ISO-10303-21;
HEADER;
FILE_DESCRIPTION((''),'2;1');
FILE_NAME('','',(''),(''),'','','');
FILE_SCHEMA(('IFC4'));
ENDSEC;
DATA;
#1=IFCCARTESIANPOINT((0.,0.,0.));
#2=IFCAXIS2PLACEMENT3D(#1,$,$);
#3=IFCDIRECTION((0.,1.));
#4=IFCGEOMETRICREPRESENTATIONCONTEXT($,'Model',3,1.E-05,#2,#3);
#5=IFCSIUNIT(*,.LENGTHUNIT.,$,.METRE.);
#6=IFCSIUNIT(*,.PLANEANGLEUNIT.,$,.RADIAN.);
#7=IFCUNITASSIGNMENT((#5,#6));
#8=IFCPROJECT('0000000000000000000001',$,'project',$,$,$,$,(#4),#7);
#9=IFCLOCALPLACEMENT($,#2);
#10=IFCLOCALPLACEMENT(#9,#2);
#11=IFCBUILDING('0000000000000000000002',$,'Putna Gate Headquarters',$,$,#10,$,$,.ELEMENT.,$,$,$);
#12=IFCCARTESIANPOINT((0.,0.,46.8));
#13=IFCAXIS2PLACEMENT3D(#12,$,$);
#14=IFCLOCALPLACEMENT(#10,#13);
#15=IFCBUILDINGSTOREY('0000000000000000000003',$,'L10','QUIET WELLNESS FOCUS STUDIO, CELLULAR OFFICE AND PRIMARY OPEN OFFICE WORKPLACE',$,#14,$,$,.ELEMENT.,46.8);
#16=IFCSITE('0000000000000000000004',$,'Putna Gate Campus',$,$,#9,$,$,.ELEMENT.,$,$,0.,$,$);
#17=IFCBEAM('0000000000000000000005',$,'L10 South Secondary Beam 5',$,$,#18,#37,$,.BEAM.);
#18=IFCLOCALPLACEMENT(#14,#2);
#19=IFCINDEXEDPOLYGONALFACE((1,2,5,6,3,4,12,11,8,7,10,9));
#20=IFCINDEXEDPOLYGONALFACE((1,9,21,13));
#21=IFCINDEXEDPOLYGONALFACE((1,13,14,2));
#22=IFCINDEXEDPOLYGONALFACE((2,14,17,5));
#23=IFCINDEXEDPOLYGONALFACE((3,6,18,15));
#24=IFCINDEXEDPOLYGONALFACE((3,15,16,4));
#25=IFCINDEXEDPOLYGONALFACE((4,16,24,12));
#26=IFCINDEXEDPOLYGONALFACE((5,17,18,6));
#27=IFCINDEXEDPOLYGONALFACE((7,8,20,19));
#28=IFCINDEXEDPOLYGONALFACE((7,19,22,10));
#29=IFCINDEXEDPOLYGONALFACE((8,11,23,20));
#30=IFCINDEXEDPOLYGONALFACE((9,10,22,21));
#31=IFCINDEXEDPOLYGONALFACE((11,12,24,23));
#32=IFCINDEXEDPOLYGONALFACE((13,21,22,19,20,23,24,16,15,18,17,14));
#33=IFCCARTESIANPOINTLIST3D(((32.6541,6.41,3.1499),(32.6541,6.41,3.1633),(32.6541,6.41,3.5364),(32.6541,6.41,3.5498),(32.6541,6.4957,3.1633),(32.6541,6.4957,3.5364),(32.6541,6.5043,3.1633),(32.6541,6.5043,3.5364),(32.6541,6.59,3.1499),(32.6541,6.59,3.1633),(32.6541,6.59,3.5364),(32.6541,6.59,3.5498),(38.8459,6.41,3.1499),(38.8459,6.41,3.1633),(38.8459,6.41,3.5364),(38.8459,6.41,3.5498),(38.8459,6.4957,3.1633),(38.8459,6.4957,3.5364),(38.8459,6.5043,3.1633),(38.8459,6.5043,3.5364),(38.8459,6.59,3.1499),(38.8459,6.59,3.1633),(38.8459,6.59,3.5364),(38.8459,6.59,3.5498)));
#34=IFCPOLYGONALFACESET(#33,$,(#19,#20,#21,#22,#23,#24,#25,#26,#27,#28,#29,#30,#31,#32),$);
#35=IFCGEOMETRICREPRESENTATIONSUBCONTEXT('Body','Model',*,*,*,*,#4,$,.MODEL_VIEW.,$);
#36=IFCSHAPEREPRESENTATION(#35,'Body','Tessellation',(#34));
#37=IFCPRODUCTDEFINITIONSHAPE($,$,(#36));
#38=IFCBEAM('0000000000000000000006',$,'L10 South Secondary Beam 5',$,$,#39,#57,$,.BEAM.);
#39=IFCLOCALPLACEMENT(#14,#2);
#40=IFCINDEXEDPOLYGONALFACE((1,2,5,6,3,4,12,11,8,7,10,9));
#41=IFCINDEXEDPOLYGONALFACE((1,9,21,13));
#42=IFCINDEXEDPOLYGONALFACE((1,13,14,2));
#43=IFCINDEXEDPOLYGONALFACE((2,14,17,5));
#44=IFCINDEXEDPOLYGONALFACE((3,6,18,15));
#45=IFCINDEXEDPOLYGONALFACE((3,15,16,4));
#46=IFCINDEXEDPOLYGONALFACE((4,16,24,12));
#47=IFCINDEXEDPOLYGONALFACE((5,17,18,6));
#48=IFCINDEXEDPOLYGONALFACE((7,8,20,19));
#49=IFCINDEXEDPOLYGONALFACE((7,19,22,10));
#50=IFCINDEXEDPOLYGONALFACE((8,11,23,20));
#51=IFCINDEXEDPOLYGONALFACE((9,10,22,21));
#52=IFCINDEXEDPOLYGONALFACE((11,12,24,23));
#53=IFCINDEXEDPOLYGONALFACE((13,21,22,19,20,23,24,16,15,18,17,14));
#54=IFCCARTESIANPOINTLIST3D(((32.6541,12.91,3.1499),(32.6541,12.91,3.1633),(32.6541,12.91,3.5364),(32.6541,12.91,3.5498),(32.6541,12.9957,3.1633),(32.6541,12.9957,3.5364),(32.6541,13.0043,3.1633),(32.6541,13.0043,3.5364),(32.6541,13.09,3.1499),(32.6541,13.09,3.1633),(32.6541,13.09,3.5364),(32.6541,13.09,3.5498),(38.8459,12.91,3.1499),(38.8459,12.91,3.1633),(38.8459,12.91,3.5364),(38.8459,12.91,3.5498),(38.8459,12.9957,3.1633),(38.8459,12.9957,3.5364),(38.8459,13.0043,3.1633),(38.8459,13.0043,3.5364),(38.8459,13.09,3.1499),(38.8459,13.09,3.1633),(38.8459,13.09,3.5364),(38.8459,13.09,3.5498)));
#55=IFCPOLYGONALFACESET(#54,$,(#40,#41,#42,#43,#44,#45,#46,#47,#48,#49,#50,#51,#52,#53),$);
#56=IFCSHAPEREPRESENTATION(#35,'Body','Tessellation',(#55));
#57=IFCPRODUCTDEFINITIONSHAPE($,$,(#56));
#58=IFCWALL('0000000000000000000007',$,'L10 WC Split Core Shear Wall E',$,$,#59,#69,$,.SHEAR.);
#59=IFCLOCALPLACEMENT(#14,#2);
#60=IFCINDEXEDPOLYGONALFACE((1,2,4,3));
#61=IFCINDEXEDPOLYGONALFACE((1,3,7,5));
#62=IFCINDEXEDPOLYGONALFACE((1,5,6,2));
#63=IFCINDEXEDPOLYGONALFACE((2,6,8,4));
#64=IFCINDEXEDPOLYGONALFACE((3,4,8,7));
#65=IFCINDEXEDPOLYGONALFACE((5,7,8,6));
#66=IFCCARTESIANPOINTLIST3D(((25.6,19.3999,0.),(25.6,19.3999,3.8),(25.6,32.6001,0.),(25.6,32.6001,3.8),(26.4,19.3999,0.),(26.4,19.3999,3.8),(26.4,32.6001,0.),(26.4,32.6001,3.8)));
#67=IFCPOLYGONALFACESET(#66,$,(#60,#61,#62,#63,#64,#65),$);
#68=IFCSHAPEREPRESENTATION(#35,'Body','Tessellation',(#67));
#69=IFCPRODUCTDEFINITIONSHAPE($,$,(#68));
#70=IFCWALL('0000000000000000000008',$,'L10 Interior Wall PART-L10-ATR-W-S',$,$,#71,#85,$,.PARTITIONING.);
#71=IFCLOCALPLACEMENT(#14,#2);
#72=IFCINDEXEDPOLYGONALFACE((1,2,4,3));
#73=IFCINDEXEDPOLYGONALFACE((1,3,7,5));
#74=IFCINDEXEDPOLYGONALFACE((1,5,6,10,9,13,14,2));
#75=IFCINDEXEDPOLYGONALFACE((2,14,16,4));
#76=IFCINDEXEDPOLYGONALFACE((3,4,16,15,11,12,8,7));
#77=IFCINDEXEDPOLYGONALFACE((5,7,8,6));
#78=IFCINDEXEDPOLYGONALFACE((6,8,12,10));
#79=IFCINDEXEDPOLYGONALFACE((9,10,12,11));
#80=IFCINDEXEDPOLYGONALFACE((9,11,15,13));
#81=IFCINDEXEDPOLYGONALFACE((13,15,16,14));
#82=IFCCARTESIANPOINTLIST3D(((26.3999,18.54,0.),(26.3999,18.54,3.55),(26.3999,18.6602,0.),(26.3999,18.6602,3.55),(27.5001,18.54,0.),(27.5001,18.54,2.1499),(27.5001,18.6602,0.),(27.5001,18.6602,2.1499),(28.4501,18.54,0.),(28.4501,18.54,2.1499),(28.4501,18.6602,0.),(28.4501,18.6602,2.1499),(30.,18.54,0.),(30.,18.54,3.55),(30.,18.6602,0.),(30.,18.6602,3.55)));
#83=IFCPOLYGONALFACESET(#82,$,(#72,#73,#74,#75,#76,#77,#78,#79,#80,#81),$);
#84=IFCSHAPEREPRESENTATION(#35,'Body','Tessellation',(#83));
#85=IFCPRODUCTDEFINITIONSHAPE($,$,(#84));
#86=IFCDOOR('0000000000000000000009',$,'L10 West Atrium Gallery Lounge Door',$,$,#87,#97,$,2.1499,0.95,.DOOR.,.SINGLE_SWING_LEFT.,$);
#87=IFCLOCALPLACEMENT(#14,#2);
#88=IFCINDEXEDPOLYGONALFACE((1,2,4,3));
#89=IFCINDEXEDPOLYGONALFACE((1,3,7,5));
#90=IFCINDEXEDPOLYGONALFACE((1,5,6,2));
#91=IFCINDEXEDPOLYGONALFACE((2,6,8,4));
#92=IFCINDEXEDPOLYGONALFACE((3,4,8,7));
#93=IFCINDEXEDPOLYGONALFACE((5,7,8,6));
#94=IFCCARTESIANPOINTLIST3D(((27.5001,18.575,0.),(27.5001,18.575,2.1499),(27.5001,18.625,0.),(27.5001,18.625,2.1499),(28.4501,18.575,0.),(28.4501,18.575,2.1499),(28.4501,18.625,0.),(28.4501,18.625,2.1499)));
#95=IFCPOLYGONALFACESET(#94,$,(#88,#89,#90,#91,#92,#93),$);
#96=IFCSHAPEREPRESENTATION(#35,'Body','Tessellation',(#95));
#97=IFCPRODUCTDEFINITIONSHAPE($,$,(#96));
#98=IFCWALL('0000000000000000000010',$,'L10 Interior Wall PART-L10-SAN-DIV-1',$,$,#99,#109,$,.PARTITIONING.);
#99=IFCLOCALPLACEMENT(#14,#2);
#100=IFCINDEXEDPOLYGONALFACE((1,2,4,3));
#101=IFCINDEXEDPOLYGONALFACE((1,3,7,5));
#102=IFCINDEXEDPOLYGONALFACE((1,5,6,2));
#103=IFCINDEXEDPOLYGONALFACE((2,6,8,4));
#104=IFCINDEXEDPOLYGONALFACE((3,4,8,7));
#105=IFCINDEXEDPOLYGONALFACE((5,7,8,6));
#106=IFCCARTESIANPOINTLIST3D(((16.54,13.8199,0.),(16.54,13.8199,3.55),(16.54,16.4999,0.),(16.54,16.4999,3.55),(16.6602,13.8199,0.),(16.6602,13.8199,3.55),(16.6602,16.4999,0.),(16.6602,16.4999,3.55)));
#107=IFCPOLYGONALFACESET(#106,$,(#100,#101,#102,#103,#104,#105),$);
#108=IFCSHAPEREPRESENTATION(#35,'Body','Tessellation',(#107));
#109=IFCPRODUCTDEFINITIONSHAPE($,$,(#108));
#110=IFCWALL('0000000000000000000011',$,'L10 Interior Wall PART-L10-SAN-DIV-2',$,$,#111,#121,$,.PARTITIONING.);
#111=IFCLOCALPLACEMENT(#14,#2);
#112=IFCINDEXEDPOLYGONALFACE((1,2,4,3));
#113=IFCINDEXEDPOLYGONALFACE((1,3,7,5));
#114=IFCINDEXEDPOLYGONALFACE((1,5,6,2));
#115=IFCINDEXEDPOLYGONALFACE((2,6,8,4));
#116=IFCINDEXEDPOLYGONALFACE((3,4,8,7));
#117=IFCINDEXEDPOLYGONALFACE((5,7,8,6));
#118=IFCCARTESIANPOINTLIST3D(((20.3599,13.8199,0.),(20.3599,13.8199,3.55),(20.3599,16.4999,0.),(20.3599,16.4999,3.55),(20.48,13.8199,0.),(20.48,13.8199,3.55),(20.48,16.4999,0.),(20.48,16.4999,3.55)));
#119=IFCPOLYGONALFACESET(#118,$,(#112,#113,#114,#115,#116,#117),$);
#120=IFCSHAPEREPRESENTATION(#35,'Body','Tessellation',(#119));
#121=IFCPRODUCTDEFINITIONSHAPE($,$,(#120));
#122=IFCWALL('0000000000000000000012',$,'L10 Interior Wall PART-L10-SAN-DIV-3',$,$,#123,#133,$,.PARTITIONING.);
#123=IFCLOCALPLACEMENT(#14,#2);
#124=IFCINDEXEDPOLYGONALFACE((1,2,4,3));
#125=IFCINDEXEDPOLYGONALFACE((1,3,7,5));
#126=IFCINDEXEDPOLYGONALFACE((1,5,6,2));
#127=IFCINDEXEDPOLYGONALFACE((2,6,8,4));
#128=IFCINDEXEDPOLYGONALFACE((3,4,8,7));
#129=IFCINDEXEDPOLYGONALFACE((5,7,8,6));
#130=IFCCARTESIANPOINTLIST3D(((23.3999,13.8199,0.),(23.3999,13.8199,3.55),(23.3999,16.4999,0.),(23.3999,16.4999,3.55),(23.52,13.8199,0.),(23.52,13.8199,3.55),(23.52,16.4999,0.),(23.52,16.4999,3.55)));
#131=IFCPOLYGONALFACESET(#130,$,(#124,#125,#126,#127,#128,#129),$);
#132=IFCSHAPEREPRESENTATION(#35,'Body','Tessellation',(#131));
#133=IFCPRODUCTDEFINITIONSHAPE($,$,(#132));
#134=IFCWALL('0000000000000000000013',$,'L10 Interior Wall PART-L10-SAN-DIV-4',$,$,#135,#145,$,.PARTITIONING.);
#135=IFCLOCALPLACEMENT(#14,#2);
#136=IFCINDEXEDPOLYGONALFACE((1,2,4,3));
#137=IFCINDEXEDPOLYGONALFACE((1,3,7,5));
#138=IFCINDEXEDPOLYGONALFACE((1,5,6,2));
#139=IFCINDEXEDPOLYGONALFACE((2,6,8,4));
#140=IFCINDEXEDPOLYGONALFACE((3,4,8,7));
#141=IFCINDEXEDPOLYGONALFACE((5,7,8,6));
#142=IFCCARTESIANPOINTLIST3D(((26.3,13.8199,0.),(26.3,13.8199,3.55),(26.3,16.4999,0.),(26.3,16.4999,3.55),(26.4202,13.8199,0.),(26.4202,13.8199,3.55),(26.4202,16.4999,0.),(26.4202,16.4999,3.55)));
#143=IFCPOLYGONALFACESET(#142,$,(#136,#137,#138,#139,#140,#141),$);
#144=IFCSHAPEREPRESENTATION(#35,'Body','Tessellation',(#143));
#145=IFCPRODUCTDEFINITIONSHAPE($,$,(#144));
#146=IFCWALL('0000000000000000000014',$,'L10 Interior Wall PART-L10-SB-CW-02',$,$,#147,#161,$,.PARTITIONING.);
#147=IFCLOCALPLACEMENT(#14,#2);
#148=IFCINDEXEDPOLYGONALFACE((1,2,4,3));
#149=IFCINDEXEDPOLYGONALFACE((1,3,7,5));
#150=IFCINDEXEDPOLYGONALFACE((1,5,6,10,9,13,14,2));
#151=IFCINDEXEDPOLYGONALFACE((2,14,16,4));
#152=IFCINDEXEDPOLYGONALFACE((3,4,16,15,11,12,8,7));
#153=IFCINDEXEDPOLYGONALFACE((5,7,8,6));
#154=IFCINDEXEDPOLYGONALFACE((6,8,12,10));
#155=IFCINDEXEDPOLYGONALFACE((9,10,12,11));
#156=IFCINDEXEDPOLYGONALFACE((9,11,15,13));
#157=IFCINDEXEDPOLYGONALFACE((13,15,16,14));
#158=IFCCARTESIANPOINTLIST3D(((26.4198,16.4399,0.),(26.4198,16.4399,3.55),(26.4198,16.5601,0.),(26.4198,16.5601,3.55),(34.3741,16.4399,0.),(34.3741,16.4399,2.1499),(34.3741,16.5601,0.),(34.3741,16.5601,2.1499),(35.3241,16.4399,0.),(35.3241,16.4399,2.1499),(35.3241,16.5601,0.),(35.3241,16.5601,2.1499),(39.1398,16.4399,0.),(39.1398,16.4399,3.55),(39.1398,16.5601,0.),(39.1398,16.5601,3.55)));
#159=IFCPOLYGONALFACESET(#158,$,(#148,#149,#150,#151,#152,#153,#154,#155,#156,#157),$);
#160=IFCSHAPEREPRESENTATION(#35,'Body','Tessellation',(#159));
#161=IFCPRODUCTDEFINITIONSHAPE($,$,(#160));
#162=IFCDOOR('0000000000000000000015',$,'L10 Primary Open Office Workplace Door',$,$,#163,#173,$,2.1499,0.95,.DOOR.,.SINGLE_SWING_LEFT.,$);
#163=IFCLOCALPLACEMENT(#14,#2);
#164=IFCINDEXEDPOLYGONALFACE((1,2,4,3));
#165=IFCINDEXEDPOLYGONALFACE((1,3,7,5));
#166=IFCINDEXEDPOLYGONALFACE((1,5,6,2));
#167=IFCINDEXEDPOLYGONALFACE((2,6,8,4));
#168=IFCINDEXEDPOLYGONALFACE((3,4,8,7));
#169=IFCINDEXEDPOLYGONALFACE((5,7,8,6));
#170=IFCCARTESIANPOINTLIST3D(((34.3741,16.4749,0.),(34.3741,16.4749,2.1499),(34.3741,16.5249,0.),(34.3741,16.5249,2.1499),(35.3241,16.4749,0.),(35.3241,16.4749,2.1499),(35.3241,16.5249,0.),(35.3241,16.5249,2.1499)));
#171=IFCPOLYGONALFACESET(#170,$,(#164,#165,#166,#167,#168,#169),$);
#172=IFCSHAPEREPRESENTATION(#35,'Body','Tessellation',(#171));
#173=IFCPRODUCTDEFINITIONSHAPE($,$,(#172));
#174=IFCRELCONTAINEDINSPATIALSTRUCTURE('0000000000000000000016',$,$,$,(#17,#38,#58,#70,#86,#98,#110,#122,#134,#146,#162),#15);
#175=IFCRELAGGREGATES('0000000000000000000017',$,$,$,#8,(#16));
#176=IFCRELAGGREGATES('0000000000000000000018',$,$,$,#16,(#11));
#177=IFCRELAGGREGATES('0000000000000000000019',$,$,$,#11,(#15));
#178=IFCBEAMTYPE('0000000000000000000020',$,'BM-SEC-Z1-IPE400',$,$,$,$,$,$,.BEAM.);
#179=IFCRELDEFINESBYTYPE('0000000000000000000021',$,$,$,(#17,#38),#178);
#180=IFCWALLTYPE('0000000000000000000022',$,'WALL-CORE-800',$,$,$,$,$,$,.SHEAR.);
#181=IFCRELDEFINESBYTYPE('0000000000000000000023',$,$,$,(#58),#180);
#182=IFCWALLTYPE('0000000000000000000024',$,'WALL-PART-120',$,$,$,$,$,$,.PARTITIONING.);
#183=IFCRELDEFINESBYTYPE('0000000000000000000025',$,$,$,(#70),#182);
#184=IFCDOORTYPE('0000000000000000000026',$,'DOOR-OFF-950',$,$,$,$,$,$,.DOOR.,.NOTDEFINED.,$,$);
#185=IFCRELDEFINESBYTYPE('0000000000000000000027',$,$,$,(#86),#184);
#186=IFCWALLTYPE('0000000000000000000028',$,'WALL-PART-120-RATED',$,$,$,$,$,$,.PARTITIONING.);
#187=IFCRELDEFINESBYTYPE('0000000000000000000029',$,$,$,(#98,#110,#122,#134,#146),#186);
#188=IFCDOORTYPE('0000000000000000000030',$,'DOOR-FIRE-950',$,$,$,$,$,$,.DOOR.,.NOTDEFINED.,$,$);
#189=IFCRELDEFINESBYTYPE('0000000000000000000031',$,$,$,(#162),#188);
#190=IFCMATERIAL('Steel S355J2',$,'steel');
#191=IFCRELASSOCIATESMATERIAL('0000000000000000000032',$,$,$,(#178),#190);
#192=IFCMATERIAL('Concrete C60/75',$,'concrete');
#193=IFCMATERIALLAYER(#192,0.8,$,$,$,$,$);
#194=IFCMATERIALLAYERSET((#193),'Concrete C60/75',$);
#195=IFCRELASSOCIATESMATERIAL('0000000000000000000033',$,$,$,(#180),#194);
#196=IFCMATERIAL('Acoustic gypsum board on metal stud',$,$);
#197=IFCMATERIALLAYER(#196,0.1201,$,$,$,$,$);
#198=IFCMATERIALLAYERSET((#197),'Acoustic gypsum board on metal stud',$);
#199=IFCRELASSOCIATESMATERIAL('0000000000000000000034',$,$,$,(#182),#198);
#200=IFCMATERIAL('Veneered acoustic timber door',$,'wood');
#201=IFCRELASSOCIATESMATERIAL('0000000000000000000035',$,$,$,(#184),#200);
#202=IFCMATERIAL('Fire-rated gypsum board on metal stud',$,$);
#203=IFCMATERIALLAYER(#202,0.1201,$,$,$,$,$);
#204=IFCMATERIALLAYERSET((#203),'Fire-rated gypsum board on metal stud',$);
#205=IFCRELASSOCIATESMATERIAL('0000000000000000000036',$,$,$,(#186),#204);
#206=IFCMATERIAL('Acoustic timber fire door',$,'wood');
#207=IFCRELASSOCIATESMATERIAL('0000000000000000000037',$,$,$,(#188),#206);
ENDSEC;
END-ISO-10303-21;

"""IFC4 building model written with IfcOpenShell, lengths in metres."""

from ifc_helpers import new_model, si_unit, direction, frame, frame_2d, origin, origin_2d, place, context, subcontext, project, spatial, rectangle, i_section, extrude, material, layer, layer_set, material_profile, profile_set, type_object, element, fill, save


model = new_model("IFC4")

# Units and contexts
model_context = context("Model", 3, precision=1e-05, world=origin(), true_north=direction((0.0, 1.0)))
body_context = subcontext(model_context, "Body", "Model", "MODEL_VIEW")
ifc_project = project(units=[si_unit("LENGTHUNIT", "METRE"), si_unit("PLANEANGLEUNIT", "RADIAN")], contexts=[model_context])

# Site, building, storey
site_placement = place(None, origin())
site = spatial("IfcSite", under=ifc_project, at=site_placement, Name="Putna Gate Campus", CompositionType="ELEMENT", RefElevation=0.0)
building_placement = place(site_placement, origin())
building = spatial("IfcBuilding", under=site, at=building_placement, Name="Putna Gate Headquarters", CompositionType="ELEMENT")
storey_placement = place(building_placement, frame((0.0, 0.0, 46.8)))
storey = spatial("IfcBuildingStorey", under=building, at=storey_placement, Name="L10", Description="QUIET WELLNESS FOCUS STUDIO, CELLULAR OFFICE AND PRIMARY OPEN OFFICE WORKPLACE", CompositionType="ELEMENT", Elevation=46.8)

# Shared definitions
ifc_material_1 = material(Name="Concrete C60/75", Category="concrete")

# Beams
ifc_material_2 = material(Name="Steel S355J2", Category="steel")
ifc_material_profile_1 = material_profile(ifc_material_2, i_section(OverallWidth=0.1799, OverallDepth=0.3999, WebThickness=0.0085, FlangeThickness=0.0134, at=origin_2d()), Name="Steel S355J2")
ifc_profile_set_1 = profile_set([ifc_material_profile_1], Name="Steel S355J2")
beam_type_1 = type_object("IfcBeamType", Name="BM-SEC-Z1-IPE400", PredefinedType="BEAM", material=ifc_profile_set_1)
for number, where, z_axis, x_axis, name in (
    (1, (32.6541, 6.5, 3.3499), (1.0, 0.0, 0.0), (0.0, 1.0, 0.0), "L10 South Secondary Beam 5"),
    (2, (32.6541, 13.0, 3.3499), (1.0, 0.0, 0.0), (0.0, 1.0, 0.0), "L10 South Secondary Beam 5"),
):
    element("IfcBeam", number, at=place(storey_placement, frame(where, z_axis=z_axis, x_axis=x_axis)), inside=storey, type_object=beam_type_1, Name=name, PredefinedType="BEAM", context=body_context, shape_type="SweptSolid", body=[
        extrude(i_section(OverallWidth=0.1799, OverallDepth=0.3999, WebThickness=0.0085, FlangeThickness=0.0134, at=origin_2d()), origin(), (0.0, 0.0, 1.0), 6.1919),
    ])

# Wall
ifc_layer_1 = layer(ifc_material_1, 0.8)
ifc_layer_set_1 = layer_set([ifc_layer_1], Name="Concrete C60/75")
wall_type_1 = type_object("IfcWallType", Name="WALL-CORE-800", PredefinedType="SHEAR", material=ifc_layer_set_1)
wall_1_placement = place(storey_placement, frame((26.0, 19.3999, 0.0), z_axis=(0.0, 0.0, 1.0), x_axis=(0.0, 1.0, 0.0)))
element("IfcWall", 3, at=wall_1_placement, inside=storey, type_object=wall_type_1, Name="L10 WC Split Core Shear Wall E", PredefinedType="SHEAR", context=body_context, shape_type="SweptSolid", body=[
    extrude(rectangle(XDim=13.2002, YDim=0.8, at=frame_2d((6.6001, 0.0))), origin(), (0.0, 0.0, 1.0), 3.8),
])

# Wall, opening, door
ifc_material_3 = material(Name="Acoustic gypsum board on metal stud")
ifc_layer_2 = layer(ifc_material_3, 0.1201)
ifc_layer_set_2 = layer_set([ifc_layer_2], Name="Acoustic gypsum board on metal stud")
wall_type_2 = type_object("IfcWallType", Name="WALL-PART-120", PredefinedType="PARTITIONING", material=ifc_layer_set_2)
wall_2_placement = place(storey_placement, frame((26.3999, 18.6001, 0.0), z_axis=(0.0, 0.0, 1.0), x_axis=(1.0, 0.0, 0.0)))
wall_2 = element("IfcWall", 4, at=wall_2_placement, inside=storey, type_object=wall_type_2, Name="L10 Interior Wall PART-L10-ATR-W-S", PredefinedType="PARTITIONING", context=body_context, shape_type="SweptSolid", body=[
    extrude(rectangle(XDim=3.6001, YDim=0.1201, at=frame_2d((1.8, 0.0))), origin(), (0.0, 0.0, 1.0), 3.55),
])
opening_1_placement = place(wall_2_placement, frame((1.1001, 0.0, 0.0)))
opening_1 = element("IfcOpeningElement", 5, at=opening_1_placement, cuts=wall_2, PredefinedType="OPENING", context=body_context, shape_type="SweptSolid", body=[
    extrude(rectangle(XDim=0.95, YDim=2.1499, at=frame_2d((0.4751, 1.075))), frame((0.0, 0.0701, 0.0), z_axis=(0.0, -1.0, 0.0), x_axis=(1.0, 0.0, 0.0)), (0.0, 0.0, 1.0), 0.1401),
])
ifc_material_4 = material(Name="Veneered acoustic timber door", Category="wood")
door_type_1 = type_object("IfcDoorType", Name="DOOR-OFF-950", OperationType="NOTDEFINED", PredefinedType="DOOR", material=ifc_material_4)
door_1_placement = place(opening_1_placement, origin())
door_1 = element("IfcDoor", 6, at=door_1_placement, inside=storey, type_object=door_type_1, Name="L10 West Atrium Gallery Lounge Door", OperationType="SINGLE_SWING_LEFT", OverallHeight=2.1499, OverallWidth=0.95, PredefinedType="DOOR", context=body_context, shape_type="SweptSolid", body=[
    extrude(rectangle(XDim=0.95, YDim=2.1499, at=frame_2d((0.4751, 1.075))), frame((0.0, 0.0249, 0.0), z_axis=(0.0, -1.0, 0.0), x_axis=(1.0, 0.0, 0.0)), (0.0, 0.0, 1.0), 0.05),
])
fill(opening_1, door_1)

# Walls
ifc_material_5 = material(Name="Fire-rated gypsum board on metal stud")
ifc_layer_3 = layer(ifc_material_5, 0.1201)
ifc_layer_set_3 = layer_set([ifc_layer_3], Name="Fire-rated gypsum board on metal stud")
wall_type_3 = type_object("IfcWallType", Name="WALL-PART-120-RATED", PredefinedType="PARTITIONING", material=ifc_layer_set_3)
for number, where, z_axis, x_axis, name in (
    (7, (16.6001, 13.8201, 0.0), (0.0, 0.0, 1.0), (0.0, 1.0, 0.0), "L10 Interior Wall PART-L10-SAN-DIV-1"),
    (8, (20.4199, 13.8201, 0.0), (0.0, 0.0, 1.0), (0.0, 1.0, 0.0), "L10 Interior Wall PART-L10-SAN-DIV-2"),
    (9, (23.46, 13.8201, 0.0), (0.0, 0.0, 1.0), (0.0, 1.0, 0.0), "L10 Interior Wall PART-L10-SAN-DIV-3"),
    (10, (26.3601, 13.8201, 0.0), (0.0, 0.0, 1.0), (0.0, 1.0, 0.0), "L10 Interior Wall PART-L10-SAN-DIV-4"),
):
    element("IfcWall", number, at=place(storey_placement, frame(where, z_axis=z_axis, x_axis=x_axis)), inside=storey, type_object=wall_type_3, Name=name, PredefinedType="PARTITIONING", context=body_context, shape_type="SweptSolid", body=[
        extrude(rectangle(XDim=2.6799, YDim=0.1201, at=frame_2d((1.3398, 0.0))), origin(), (0.0, 0.0, 1.0), 3.55),
    ])

# Wall, opening, door
wall_3_placement = place(storey_placement, frame((26.4199, 16.5, 0.0), z_axis=(0.0, 0.0, 1.0), x_axis=(1.0, 0.0, 0.0)))
wall_3 = element("IfcWall", 11, at=wall_3_placement, inside=storey, type_object=wall_type_3, Name="L10 Interior Wall PART-L10-SB-CW-02", PredefinedType="PARTITIONING", context=body_context, shape_type="SweptSolid", body=[
    extrude(rectangle(XDim=12.72, YDim=0.1201, at=frame_2d((6.3599, 0.0))), origin(), (0.0, 0.0, 1.0), 3.55),
])
opening_2_placement = place(wall_3_placement, frame((7.9541, 0.0, 0.0)))
opening_2 = element("IfcOpeningElement", 12, at=opening_2_placement, cuts=wall_3, PredefinedType="OPENING", context=body_context, shape_type="SweptSolid", body=[
    extrude(rectangle(XDim=0.95, YDim=2.1499, at=frame_2d((0.4751, 1.075))), frame((0.0, 0.0701, 0.0), z_axis=(0.0, -1.0, 0.0), x_axis=(1.0, 0.0, 0.0)), (0.0, 0.0, 1.0), 0.1401),
])
ifc_material_6 = material(Name="Acoustic timber fire door", Category="wood")
door_type_2 = type_object("IfcDoorType", Name="DOOR-FIRE-950", OperationType="NOTDEFINED", PredefinedType="DOOR", material=ifc_material_6)
door_2_placement = place(opening_2_placement, origin())
door_2 = element("IfcDoor", 13, at=door_2_placement, inside=storey, type_object=door_type_2, Name="L10 Primary Open Office Workplace Door", OperationType="SINGLE_SWING_LEFT", OverallHeight=2.1499, OverallWidth=0.95, PredefinedType="DOOR", context=body_context, shape_type="SweptSolid", body=[
    extrude(rectangle(XDim=0.95, YDim=2.1499, at=frame_2d((0.4751, 1.075))), frame((0.0, 0.0249, 0.0), z_axis=(0.0, -1.0, 0.0), x_axis=(1.0, 0.0, 0.0)), (0.0, 0.0, 1.0), 0.05),
])
fill(opening_2, door_2)

save(model, "model.ifc")
